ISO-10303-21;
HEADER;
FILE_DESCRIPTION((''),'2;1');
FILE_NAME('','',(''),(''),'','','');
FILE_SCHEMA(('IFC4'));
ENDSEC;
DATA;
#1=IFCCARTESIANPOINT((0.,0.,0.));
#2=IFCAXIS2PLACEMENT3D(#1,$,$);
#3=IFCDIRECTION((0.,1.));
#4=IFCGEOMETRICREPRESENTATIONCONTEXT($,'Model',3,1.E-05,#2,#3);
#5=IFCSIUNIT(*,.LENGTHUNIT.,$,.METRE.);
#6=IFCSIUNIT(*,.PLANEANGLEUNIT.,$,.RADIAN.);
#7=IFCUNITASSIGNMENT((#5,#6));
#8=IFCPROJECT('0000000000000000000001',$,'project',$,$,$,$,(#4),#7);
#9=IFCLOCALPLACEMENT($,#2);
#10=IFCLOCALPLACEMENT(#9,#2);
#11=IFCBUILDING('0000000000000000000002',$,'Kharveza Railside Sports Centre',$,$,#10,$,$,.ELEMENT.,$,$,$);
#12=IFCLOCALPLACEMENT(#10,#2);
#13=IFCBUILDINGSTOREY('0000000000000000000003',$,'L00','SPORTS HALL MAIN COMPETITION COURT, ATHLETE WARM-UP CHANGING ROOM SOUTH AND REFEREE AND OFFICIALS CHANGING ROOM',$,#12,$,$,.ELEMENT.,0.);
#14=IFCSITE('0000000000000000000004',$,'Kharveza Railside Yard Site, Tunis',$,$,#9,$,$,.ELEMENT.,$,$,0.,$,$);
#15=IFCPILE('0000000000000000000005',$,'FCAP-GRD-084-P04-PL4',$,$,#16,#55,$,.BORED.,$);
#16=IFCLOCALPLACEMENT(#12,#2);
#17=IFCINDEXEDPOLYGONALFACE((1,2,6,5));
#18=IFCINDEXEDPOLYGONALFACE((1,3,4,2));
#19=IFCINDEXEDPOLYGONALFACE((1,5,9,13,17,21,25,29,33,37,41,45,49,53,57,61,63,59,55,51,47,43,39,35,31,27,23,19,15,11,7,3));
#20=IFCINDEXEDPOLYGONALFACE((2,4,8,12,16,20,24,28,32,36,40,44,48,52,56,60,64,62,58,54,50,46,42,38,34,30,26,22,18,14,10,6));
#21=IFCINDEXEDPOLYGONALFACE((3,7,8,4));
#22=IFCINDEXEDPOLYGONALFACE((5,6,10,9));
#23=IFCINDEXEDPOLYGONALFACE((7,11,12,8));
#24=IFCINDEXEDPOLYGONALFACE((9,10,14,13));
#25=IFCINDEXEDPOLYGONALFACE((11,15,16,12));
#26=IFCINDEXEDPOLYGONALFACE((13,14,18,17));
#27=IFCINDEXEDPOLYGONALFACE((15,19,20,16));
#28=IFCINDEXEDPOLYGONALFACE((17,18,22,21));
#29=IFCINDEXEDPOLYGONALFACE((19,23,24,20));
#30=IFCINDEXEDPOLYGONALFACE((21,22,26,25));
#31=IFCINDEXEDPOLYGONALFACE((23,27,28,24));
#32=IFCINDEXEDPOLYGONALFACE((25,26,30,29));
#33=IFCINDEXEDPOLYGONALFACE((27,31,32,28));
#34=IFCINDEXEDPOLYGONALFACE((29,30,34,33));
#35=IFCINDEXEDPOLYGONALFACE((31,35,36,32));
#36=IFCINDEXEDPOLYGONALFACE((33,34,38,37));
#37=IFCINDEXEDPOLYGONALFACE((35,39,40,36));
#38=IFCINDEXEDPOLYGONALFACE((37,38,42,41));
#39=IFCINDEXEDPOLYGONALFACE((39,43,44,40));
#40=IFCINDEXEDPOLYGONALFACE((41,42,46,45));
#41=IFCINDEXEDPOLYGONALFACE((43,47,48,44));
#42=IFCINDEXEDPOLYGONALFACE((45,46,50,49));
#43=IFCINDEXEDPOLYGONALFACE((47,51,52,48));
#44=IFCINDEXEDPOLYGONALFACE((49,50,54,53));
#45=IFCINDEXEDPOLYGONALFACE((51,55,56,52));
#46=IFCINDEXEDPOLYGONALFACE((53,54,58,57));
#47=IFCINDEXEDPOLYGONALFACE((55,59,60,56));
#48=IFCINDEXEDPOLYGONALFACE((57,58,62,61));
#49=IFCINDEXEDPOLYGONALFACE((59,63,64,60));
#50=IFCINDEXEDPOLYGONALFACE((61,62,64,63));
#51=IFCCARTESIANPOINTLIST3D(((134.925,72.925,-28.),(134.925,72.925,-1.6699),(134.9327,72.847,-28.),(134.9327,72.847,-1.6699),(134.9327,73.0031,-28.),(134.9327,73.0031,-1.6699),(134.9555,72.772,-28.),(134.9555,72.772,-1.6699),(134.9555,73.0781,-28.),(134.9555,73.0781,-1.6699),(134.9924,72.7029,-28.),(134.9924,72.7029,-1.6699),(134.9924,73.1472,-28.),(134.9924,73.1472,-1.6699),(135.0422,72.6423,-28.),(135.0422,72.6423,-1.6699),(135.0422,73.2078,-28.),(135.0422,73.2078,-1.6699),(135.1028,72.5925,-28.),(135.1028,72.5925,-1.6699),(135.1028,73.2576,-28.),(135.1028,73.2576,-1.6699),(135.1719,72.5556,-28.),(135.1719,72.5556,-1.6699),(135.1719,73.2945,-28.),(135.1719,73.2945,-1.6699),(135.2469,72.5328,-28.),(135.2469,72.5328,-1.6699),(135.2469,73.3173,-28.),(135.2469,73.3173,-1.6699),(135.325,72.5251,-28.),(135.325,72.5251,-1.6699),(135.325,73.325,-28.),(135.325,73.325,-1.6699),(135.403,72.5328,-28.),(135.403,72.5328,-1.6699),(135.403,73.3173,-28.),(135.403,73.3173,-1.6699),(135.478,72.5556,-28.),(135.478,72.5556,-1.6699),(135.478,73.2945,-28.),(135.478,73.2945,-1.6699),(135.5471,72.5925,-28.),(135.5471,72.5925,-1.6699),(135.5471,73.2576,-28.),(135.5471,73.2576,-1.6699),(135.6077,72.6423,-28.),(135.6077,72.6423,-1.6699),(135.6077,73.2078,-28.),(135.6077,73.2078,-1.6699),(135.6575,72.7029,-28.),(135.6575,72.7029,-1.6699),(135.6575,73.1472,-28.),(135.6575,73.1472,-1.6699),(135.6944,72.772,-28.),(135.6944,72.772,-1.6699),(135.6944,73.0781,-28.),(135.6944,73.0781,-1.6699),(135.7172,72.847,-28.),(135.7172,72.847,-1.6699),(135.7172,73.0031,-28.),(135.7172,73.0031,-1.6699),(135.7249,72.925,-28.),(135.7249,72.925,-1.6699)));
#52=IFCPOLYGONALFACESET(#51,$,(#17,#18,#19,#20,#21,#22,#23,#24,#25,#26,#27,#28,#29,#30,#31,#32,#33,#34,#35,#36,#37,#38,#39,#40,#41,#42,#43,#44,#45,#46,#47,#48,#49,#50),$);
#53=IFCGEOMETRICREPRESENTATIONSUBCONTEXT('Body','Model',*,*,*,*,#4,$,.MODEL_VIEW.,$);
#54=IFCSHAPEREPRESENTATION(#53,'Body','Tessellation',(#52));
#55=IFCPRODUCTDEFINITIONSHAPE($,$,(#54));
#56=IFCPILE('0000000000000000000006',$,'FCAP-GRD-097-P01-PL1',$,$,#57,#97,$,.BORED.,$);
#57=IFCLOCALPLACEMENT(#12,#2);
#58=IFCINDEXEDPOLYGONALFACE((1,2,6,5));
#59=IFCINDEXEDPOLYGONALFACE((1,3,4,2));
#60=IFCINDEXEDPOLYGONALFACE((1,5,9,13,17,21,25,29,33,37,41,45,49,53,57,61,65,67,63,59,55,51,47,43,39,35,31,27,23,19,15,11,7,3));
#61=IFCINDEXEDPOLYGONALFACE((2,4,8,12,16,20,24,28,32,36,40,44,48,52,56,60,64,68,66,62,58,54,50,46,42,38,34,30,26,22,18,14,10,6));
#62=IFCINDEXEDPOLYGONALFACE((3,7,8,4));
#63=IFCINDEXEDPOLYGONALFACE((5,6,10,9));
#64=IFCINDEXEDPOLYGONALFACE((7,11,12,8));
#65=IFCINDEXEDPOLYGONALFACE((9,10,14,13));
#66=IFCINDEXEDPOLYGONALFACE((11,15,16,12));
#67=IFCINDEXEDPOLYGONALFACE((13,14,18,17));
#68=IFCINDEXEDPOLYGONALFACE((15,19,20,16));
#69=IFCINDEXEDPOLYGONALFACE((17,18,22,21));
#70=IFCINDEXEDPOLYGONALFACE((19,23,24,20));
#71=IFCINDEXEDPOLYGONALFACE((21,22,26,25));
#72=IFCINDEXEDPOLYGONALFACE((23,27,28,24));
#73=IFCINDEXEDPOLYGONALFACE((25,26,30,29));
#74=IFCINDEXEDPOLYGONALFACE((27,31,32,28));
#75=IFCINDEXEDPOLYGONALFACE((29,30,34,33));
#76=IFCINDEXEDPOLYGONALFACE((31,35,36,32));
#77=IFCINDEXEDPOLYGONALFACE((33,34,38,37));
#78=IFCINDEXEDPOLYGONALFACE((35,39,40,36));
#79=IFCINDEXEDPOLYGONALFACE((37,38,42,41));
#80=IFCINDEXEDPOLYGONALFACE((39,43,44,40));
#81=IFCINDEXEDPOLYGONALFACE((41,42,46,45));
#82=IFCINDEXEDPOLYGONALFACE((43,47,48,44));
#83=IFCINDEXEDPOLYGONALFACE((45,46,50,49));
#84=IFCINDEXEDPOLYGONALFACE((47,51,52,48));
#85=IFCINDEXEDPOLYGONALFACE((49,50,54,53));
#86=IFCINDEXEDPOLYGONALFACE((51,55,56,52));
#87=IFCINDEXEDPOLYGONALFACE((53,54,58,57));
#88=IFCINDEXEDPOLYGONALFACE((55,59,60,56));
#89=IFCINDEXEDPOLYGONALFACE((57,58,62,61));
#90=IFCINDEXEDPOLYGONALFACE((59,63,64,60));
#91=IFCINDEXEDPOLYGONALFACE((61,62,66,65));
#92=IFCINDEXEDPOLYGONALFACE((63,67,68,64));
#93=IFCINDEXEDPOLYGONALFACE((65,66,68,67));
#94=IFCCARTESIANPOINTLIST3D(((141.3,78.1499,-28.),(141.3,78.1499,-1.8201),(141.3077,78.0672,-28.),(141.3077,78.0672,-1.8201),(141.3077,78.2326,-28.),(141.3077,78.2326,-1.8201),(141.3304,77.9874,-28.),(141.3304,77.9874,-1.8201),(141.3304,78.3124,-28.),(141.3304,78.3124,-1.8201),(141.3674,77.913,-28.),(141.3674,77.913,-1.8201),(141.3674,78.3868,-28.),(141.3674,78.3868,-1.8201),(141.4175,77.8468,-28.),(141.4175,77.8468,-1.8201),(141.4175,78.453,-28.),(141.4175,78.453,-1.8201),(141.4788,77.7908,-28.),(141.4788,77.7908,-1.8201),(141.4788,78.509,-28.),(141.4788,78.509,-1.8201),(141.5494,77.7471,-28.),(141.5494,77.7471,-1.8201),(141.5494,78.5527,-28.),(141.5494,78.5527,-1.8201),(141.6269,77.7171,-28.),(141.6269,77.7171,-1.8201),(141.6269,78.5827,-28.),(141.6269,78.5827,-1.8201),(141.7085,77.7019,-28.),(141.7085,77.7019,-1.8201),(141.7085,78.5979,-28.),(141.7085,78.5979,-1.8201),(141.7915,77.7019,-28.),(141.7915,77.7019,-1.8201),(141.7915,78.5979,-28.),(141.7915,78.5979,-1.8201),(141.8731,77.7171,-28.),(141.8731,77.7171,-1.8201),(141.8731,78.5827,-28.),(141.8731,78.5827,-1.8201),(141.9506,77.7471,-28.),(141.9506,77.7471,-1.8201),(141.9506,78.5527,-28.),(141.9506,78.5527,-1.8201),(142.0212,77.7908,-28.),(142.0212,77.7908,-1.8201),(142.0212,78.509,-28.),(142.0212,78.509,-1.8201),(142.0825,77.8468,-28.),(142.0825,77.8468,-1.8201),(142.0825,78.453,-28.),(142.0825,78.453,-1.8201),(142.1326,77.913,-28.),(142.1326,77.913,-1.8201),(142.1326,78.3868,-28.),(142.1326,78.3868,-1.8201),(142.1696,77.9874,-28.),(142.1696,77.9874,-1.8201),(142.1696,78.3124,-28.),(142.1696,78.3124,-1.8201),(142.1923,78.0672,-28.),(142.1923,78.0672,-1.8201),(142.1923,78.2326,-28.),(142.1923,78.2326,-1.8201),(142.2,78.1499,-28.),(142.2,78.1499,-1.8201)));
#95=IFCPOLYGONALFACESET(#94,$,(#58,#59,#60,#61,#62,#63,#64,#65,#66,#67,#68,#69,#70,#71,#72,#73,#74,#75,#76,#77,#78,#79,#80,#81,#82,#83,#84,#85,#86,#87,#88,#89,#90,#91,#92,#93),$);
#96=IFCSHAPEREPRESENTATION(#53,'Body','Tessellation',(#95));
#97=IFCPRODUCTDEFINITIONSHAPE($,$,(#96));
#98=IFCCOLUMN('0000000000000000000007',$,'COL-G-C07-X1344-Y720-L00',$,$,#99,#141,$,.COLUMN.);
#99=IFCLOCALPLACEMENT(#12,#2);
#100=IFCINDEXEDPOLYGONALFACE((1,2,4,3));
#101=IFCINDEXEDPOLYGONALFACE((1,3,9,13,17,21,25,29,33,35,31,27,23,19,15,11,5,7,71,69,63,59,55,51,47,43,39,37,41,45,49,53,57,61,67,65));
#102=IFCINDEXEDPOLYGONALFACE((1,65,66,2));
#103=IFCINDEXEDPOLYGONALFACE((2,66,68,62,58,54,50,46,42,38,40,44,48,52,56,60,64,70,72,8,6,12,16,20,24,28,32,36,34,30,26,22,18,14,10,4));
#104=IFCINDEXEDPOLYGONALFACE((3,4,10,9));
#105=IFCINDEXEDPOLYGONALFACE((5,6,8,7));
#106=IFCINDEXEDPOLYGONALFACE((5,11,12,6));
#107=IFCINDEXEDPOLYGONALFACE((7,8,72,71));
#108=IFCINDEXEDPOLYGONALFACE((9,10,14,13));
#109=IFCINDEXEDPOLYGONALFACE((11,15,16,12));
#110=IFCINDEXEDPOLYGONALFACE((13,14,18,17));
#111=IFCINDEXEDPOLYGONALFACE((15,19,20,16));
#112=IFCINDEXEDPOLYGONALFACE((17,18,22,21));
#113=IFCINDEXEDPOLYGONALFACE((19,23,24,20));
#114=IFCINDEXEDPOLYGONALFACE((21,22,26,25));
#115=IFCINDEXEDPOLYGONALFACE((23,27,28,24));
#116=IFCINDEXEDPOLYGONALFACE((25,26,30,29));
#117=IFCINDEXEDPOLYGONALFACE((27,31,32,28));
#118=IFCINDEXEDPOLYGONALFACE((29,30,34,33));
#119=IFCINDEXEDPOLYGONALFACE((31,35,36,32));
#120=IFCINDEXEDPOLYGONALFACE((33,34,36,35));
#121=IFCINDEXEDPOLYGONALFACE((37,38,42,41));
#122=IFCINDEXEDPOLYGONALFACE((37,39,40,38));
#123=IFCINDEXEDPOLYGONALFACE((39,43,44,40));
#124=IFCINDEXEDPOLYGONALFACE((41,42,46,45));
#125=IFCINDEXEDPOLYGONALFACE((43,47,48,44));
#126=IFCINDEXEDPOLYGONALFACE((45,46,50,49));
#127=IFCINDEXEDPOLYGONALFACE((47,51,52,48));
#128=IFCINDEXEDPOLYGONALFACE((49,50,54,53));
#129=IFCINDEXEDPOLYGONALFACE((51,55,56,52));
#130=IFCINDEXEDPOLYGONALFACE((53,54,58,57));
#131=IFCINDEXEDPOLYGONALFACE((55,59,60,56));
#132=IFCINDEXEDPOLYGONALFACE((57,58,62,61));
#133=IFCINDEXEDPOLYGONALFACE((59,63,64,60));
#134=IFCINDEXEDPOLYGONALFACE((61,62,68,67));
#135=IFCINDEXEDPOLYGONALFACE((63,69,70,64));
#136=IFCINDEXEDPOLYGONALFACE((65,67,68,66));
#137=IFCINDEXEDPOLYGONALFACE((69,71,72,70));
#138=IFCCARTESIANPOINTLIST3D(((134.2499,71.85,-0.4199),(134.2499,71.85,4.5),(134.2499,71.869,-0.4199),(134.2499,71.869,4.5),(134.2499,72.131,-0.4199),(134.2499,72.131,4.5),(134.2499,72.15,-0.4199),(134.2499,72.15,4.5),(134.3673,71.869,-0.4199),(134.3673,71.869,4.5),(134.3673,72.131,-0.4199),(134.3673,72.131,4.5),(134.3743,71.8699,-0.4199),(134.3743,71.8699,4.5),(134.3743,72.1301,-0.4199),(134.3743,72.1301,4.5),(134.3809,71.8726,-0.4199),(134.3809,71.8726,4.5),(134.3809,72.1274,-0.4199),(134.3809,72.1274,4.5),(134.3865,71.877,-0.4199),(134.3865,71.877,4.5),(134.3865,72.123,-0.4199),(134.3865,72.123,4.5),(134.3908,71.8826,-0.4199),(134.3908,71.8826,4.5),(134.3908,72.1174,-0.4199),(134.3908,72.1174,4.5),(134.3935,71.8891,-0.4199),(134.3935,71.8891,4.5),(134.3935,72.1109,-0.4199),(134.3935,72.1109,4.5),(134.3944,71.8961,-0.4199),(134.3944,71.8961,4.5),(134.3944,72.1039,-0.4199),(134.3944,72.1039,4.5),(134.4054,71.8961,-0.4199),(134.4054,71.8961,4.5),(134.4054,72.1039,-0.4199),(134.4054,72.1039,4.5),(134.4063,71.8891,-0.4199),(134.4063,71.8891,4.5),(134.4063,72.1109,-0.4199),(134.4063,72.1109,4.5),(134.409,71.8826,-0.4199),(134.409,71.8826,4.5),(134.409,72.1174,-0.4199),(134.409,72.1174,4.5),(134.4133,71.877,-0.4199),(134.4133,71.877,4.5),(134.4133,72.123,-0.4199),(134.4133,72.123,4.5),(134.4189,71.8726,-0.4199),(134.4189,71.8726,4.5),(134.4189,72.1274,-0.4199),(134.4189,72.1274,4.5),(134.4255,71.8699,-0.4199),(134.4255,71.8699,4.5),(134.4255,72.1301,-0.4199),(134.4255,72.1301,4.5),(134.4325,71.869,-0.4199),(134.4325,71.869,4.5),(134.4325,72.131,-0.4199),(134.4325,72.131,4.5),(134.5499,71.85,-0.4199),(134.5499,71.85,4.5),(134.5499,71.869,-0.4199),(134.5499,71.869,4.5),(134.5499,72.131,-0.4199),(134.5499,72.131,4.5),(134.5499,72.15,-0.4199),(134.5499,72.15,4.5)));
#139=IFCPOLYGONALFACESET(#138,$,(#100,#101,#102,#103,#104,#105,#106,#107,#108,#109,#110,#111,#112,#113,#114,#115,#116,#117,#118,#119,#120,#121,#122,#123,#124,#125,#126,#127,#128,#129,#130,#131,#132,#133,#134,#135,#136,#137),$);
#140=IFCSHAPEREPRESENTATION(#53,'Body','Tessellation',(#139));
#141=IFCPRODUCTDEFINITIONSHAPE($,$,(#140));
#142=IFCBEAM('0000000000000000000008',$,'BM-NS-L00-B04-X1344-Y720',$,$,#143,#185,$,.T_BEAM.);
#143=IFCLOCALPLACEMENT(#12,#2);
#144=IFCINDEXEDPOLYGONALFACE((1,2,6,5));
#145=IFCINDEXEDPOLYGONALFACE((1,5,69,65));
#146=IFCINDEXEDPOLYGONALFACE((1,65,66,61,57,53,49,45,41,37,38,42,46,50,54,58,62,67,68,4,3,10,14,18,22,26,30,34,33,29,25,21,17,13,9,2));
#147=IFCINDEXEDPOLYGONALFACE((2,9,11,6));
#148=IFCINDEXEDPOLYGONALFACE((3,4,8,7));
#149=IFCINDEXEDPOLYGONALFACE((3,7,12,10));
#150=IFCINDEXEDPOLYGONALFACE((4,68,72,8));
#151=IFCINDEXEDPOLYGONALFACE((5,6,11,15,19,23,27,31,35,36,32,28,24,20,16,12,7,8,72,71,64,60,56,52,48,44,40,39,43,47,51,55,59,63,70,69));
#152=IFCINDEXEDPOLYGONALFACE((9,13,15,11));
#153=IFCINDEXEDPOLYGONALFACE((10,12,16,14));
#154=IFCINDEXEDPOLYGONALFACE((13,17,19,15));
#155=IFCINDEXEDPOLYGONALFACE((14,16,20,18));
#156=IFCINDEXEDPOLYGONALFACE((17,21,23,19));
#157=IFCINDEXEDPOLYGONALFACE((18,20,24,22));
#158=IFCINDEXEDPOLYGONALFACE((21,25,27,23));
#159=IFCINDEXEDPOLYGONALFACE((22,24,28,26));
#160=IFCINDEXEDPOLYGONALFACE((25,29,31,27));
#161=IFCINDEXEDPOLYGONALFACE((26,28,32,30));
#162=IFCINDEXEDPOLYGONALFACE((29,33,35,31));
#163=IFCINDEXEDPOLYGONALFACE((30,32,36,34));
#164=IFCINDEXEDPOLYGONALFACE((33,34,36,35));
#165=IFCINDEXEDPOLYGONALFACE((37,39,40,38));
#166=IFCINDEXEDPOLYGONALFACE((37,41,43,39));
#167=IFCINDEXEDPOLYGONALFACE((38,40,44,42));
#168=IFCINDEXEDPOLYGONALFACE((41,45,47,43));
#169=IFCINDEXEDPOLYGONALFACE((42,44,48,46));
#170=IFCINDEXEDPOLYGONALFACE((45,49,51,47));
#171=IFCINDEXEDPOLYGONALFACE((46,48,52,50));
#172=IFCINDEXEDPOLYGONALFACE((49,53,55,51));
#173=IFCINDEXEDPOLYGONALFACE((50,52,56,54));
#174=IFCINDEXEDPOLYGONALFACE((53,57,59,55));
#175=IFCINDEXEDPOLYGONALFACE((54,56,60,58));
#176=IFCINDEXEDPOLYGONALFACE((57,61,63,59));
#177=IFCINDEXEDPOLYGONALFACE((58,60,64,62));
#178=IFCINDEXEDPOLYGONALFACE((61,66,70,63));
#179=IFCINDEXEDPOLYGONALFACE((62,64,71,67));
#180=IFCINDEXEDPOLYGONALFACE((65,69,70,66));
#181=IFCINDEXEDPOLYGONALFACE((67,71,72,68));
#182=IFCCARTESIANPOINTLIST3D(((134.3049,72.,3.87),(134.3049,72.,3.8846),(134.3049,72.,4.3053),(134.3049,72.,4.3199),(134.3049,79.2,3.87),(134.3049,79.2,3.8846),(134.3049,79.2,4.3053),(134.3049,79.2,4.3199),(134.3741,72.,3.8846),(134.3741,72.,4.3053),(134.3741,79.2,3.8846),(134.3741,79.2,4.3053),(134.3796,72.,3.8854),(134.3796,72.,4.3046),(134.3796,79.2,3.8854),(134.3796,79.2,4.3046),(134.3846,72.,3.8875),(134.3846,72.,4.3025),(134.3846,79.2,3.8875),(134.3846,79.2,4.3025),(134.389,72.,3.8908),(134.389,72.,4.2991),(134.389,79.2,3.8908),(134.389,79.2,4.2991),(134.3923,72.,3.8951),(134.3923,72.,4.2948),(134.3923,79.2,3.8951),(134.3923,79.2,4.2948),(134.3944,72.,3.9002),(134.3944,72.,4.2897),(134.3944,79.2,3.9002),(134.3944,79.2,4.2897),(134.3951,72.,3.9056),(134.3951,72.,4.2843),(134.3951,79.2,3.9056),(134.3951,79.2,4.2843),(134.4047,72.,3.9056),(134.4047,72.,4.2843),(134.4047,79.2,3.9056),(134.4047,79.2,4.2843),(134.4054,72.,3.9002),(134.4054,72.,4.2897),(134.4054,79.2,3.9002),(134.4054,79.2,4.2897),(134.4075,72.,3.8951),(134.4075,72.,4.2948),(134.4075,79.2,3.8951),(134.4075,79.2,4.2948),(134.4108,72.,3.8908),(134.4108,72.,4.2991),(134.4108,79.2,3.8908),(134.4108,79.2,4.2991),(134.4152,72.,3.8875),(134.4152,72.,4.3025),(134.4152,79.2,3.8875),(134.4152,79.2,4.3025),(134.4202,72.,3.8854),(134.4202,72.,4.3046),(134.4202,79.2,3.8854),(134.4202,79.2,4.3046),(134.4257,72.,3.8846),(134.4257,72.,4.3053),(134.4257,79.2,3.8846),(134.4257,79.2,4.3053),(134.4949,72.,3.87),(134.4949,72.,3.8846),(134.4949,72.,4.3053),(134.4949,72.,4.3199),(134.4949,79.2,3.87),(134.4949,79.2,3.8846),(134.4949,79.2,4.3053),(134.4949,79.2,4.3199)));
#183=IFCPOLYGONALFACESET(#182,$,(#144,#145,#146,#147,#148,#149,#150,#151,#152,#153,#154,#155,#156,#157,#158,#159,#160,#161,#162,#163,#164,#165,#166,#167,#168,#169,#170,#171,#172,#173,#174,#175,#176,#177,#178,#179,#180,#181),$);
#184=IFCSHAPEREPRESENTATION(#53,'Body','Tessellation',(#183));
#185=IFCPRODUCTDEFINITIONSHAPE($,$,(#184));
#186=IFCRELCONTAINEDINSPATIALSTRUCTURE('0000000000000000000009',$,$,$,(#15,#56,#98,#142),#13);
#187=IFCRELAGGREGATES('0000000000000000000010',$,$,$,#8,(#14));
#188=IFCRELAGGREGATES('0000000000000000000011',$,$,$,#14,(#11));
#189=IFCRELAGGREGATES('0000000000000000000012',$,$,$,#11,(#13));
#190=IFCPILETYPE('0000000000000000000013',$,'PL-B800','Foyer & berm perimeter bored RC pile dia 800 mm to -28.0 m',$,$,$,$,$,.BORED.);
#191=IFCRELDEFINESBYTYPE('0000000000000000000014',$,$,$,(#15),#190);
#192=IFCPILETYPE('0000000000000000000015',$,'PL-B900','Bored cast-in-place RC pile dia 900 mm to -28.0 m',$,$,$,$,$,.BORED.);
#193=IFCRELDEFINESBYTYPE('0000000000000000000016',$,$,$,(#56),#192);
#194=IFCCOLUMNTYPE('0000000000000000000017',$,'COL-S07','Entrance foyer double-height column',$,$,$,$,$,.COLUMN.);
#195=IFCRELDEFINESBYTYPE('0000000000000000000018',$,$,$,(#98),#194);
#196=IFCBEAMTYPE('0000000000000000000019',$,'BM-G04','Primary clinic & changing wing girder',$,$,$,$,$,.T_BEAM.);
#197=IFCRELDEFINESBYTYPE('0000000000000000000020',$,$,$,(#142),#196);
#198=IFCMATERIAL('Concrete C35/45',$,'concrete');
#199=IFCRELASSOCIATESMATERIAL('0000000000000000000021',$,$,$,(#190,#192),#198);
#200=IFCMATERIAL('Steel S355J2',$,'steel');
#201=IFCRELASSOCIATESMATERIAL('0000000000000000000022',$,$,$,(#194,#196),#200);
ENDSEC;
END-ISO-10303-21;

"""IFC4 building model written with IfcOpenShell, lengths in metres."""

from ifc_helpers import new_model, si_unit, direction, frame, origin, origin_2d, place, context, subcontext, project, spatial, circle, i_section, extrude, material, material_profile, profile_set, type_object, element, save


model = new_model("IFC4")

# Units and contexts
model_context = context("Model", 3, precision=1e-05, world=origin(), true_north=direction((0.0, 1.0)))
body_context = subcontext(model_context, "Body", "Model", "MODEL_VIEW")
ifc_project = project(units=[si_unit("LENGTHUNIT", "METRE"), si_unit("PLANEANGLEUNIT", "RADIAN")], contexts=[model_context])

# Site, building, storey
site_placement = place(None, origin())
site = spatial("IfcSite", under=ifc_project, at=site_placement, Name="Kharveza Railside Yard Site, Tunis", CompositionType="ELEMENT", RefElevation=0.0)
building_placement = place(site_placement, origin())
building = spatial("IfcBuilding", under=site, at=building_placement, Name="Kharveza Railside Sports Centre", CompositionType="ELEMENT")
storey_placement = place(building_placement, origin())
storey = spatial("IfcBuildingStorey", under=building, at=storey_placement, Name="L00", Description="SPORTS HALL MAIN COMPETITION COURT, ATHLETE WARM-UP CHANGING ROOM SOUTH AND REFEREE AND OFFICIALS CHANGING ROOM", CompositionType="ELEMENT", Elevation=0.0)

# Shared definitions
ifc_material_1 = material(Name="Concrete C35/45", Category="concrete")

# Piles
ifc_material_profile_1 = material_profile(ifc_material_1, circle(Radius=0.3999, at=origin_2d()), Name="PILE D800")
ifc_profile_set_1 = profile_set([ifc_material_profile_1], Name="Concrete C35/45")
pile_type_1 = type_object("IfcPileType", Name="PL-B800", Description="Foyer & berm perimeter bored RC pile dia 800 mm to -28.0 m", PredefinedType="BORED", material=ifc_profile_set_1)
for number, where, z_axis, x_axis, name in (
    (1, (135.325, 72.925, -1.6699), (0.0, 0.0, -1.0), (1.0, 0.0, 0.0), "FCAP-GRD-084-P04-PL4"),
):
    element("IfcPile", number, at=place(storey_placement, frame(where, z_axis=z_axis, x_axis=x_axis)), inside=storey, type_object=pile_type_1, Name=name, PredefinedType="BORED", context=body_context, shape_type="SweptSolid", body=[
        extrude(circle(Radius=0.3999, at=origin_2d()), origin(), (0.0, 0.0, 1.0), 26.3301),
    ])
ifc_material_profile_2 = material_profile(ifc_material_1, circle(Radius=0.45, at=origin_2d()), Name="PILE D900")
ifc_profile_set_2 = profile_set([ifc_material_profile_2], Name="Concrete C35/45")
pile_type_2 = type_object("IfcPileType", Name="PL-B900", Description="Bored cast-in-place RC pile dia 900 mm to -28.0 m", PredefinedType="BORED", material=ifc_profile_set_2)
pile_1_placement = place(storey_placement, frame((141.75, 78.1499, -1.8201), z_axis=(0.0, 0.0, -1.0), x_axis=(1.0, 0.0, 0.0)))
element("IfcPile", 2, at=pile_1_placement, inside=storey, type_object=pile_type_2, Name="FCAP-GRD-097-P01-PL1", PredefinedType="BORED", context=body_context, shape_type="SweptSolid", body=[
    extrude(circle(Radius=0.45, at=origin_2d()), origin(), (0.0, 0.0, 1.0), 26.1799),
])

# Column
ifc_material_2 = material(Name="Steel S355J2", Category="steel")
ifc_material_profile_3 = material_profile(ifc_material_2, i_section(OverallWidth=0.3, OverallDepth=0.3, WebThickness=0.011, FlangeThickness=0.019, FilletRadius=0.0271, at=origin_2d()), Name="HEB 300")
ifc_profile_set_3 = profile_set([ifc_material_profile_3], Name="Steel S355J2")
column_type = type_object("IfcColumnType", Name="COL-S07", Description="Entrance foyer double-height column", PredefinedType="COLUMN", material=ifc_profile_set_3)
column_placement = place(storey_placement, frame((134.3999, 72.0, -0.4199), z_axis=(0.0, 0.0, 1.0), x_axis=(1.0, 0.0, 0.0)))
element("IfcColumn", 3, at=column_placement, inside=storey, type_object=column_type, Name="COL-G-C07-X1344-Y720-L00", PredefinedType="COLUMN", context=body_context, shape_type="SweptSolid", body=[
    extrude(i_section(OverallWidth=0.3, OverallDepth=0.3, WebThickness=0.011, FlangeThickness=0.019, FilletRadius=0.0271, at=origin_2d()), origin(), (0.0, 0.0, 1.0), 4.9199),
])

# Beam
ifc_material_profile_4 = material_profile(ifc_material_2, i_section(OverallWidth=0.1899, OverallDepth=0.45, WebThickness=0.0095, FlangeThickness=0.0146, FilletRadius=0.021, at=origin_2d()), Name="IPE 450")
ifc_profile_set_4 = profile_set([ifc_material_profile_4], Name="Steel S355J2")
beam_type_1 = type_object("IfcBeamType", Name="BM-G04", Description="Primary clinic & changing wing girder", PredefinedType="T_BEAM", material=ifc_profile_set_4)
beam_1_placement = place(storey_placement, frame((134.3999, 72.0, 4.095), z_axis=(0.0, 1.0, 0.0), x_axis=(-1.0, 0.0, 0.0)))
element("IfcBeam", 4, at=beam_1_placement, inside=storey, type_object=beam_type_1, Name="BM-NS-L00-B04-X1344-Y720", PredefinedType="T_BEAM", context=body_context, shape_type="SweptSolid", body=[
    extrude(i_section(OverallWidth=0.1899, OverallDepth=0.45, WebThickness=0.0095, FlangeThickness=0.0146, FilletRadius=0.021, at=origin_2d()), origin(), (0.0, 0.0, 1.0), 7.2),
])

save(model, "model.ifc")
